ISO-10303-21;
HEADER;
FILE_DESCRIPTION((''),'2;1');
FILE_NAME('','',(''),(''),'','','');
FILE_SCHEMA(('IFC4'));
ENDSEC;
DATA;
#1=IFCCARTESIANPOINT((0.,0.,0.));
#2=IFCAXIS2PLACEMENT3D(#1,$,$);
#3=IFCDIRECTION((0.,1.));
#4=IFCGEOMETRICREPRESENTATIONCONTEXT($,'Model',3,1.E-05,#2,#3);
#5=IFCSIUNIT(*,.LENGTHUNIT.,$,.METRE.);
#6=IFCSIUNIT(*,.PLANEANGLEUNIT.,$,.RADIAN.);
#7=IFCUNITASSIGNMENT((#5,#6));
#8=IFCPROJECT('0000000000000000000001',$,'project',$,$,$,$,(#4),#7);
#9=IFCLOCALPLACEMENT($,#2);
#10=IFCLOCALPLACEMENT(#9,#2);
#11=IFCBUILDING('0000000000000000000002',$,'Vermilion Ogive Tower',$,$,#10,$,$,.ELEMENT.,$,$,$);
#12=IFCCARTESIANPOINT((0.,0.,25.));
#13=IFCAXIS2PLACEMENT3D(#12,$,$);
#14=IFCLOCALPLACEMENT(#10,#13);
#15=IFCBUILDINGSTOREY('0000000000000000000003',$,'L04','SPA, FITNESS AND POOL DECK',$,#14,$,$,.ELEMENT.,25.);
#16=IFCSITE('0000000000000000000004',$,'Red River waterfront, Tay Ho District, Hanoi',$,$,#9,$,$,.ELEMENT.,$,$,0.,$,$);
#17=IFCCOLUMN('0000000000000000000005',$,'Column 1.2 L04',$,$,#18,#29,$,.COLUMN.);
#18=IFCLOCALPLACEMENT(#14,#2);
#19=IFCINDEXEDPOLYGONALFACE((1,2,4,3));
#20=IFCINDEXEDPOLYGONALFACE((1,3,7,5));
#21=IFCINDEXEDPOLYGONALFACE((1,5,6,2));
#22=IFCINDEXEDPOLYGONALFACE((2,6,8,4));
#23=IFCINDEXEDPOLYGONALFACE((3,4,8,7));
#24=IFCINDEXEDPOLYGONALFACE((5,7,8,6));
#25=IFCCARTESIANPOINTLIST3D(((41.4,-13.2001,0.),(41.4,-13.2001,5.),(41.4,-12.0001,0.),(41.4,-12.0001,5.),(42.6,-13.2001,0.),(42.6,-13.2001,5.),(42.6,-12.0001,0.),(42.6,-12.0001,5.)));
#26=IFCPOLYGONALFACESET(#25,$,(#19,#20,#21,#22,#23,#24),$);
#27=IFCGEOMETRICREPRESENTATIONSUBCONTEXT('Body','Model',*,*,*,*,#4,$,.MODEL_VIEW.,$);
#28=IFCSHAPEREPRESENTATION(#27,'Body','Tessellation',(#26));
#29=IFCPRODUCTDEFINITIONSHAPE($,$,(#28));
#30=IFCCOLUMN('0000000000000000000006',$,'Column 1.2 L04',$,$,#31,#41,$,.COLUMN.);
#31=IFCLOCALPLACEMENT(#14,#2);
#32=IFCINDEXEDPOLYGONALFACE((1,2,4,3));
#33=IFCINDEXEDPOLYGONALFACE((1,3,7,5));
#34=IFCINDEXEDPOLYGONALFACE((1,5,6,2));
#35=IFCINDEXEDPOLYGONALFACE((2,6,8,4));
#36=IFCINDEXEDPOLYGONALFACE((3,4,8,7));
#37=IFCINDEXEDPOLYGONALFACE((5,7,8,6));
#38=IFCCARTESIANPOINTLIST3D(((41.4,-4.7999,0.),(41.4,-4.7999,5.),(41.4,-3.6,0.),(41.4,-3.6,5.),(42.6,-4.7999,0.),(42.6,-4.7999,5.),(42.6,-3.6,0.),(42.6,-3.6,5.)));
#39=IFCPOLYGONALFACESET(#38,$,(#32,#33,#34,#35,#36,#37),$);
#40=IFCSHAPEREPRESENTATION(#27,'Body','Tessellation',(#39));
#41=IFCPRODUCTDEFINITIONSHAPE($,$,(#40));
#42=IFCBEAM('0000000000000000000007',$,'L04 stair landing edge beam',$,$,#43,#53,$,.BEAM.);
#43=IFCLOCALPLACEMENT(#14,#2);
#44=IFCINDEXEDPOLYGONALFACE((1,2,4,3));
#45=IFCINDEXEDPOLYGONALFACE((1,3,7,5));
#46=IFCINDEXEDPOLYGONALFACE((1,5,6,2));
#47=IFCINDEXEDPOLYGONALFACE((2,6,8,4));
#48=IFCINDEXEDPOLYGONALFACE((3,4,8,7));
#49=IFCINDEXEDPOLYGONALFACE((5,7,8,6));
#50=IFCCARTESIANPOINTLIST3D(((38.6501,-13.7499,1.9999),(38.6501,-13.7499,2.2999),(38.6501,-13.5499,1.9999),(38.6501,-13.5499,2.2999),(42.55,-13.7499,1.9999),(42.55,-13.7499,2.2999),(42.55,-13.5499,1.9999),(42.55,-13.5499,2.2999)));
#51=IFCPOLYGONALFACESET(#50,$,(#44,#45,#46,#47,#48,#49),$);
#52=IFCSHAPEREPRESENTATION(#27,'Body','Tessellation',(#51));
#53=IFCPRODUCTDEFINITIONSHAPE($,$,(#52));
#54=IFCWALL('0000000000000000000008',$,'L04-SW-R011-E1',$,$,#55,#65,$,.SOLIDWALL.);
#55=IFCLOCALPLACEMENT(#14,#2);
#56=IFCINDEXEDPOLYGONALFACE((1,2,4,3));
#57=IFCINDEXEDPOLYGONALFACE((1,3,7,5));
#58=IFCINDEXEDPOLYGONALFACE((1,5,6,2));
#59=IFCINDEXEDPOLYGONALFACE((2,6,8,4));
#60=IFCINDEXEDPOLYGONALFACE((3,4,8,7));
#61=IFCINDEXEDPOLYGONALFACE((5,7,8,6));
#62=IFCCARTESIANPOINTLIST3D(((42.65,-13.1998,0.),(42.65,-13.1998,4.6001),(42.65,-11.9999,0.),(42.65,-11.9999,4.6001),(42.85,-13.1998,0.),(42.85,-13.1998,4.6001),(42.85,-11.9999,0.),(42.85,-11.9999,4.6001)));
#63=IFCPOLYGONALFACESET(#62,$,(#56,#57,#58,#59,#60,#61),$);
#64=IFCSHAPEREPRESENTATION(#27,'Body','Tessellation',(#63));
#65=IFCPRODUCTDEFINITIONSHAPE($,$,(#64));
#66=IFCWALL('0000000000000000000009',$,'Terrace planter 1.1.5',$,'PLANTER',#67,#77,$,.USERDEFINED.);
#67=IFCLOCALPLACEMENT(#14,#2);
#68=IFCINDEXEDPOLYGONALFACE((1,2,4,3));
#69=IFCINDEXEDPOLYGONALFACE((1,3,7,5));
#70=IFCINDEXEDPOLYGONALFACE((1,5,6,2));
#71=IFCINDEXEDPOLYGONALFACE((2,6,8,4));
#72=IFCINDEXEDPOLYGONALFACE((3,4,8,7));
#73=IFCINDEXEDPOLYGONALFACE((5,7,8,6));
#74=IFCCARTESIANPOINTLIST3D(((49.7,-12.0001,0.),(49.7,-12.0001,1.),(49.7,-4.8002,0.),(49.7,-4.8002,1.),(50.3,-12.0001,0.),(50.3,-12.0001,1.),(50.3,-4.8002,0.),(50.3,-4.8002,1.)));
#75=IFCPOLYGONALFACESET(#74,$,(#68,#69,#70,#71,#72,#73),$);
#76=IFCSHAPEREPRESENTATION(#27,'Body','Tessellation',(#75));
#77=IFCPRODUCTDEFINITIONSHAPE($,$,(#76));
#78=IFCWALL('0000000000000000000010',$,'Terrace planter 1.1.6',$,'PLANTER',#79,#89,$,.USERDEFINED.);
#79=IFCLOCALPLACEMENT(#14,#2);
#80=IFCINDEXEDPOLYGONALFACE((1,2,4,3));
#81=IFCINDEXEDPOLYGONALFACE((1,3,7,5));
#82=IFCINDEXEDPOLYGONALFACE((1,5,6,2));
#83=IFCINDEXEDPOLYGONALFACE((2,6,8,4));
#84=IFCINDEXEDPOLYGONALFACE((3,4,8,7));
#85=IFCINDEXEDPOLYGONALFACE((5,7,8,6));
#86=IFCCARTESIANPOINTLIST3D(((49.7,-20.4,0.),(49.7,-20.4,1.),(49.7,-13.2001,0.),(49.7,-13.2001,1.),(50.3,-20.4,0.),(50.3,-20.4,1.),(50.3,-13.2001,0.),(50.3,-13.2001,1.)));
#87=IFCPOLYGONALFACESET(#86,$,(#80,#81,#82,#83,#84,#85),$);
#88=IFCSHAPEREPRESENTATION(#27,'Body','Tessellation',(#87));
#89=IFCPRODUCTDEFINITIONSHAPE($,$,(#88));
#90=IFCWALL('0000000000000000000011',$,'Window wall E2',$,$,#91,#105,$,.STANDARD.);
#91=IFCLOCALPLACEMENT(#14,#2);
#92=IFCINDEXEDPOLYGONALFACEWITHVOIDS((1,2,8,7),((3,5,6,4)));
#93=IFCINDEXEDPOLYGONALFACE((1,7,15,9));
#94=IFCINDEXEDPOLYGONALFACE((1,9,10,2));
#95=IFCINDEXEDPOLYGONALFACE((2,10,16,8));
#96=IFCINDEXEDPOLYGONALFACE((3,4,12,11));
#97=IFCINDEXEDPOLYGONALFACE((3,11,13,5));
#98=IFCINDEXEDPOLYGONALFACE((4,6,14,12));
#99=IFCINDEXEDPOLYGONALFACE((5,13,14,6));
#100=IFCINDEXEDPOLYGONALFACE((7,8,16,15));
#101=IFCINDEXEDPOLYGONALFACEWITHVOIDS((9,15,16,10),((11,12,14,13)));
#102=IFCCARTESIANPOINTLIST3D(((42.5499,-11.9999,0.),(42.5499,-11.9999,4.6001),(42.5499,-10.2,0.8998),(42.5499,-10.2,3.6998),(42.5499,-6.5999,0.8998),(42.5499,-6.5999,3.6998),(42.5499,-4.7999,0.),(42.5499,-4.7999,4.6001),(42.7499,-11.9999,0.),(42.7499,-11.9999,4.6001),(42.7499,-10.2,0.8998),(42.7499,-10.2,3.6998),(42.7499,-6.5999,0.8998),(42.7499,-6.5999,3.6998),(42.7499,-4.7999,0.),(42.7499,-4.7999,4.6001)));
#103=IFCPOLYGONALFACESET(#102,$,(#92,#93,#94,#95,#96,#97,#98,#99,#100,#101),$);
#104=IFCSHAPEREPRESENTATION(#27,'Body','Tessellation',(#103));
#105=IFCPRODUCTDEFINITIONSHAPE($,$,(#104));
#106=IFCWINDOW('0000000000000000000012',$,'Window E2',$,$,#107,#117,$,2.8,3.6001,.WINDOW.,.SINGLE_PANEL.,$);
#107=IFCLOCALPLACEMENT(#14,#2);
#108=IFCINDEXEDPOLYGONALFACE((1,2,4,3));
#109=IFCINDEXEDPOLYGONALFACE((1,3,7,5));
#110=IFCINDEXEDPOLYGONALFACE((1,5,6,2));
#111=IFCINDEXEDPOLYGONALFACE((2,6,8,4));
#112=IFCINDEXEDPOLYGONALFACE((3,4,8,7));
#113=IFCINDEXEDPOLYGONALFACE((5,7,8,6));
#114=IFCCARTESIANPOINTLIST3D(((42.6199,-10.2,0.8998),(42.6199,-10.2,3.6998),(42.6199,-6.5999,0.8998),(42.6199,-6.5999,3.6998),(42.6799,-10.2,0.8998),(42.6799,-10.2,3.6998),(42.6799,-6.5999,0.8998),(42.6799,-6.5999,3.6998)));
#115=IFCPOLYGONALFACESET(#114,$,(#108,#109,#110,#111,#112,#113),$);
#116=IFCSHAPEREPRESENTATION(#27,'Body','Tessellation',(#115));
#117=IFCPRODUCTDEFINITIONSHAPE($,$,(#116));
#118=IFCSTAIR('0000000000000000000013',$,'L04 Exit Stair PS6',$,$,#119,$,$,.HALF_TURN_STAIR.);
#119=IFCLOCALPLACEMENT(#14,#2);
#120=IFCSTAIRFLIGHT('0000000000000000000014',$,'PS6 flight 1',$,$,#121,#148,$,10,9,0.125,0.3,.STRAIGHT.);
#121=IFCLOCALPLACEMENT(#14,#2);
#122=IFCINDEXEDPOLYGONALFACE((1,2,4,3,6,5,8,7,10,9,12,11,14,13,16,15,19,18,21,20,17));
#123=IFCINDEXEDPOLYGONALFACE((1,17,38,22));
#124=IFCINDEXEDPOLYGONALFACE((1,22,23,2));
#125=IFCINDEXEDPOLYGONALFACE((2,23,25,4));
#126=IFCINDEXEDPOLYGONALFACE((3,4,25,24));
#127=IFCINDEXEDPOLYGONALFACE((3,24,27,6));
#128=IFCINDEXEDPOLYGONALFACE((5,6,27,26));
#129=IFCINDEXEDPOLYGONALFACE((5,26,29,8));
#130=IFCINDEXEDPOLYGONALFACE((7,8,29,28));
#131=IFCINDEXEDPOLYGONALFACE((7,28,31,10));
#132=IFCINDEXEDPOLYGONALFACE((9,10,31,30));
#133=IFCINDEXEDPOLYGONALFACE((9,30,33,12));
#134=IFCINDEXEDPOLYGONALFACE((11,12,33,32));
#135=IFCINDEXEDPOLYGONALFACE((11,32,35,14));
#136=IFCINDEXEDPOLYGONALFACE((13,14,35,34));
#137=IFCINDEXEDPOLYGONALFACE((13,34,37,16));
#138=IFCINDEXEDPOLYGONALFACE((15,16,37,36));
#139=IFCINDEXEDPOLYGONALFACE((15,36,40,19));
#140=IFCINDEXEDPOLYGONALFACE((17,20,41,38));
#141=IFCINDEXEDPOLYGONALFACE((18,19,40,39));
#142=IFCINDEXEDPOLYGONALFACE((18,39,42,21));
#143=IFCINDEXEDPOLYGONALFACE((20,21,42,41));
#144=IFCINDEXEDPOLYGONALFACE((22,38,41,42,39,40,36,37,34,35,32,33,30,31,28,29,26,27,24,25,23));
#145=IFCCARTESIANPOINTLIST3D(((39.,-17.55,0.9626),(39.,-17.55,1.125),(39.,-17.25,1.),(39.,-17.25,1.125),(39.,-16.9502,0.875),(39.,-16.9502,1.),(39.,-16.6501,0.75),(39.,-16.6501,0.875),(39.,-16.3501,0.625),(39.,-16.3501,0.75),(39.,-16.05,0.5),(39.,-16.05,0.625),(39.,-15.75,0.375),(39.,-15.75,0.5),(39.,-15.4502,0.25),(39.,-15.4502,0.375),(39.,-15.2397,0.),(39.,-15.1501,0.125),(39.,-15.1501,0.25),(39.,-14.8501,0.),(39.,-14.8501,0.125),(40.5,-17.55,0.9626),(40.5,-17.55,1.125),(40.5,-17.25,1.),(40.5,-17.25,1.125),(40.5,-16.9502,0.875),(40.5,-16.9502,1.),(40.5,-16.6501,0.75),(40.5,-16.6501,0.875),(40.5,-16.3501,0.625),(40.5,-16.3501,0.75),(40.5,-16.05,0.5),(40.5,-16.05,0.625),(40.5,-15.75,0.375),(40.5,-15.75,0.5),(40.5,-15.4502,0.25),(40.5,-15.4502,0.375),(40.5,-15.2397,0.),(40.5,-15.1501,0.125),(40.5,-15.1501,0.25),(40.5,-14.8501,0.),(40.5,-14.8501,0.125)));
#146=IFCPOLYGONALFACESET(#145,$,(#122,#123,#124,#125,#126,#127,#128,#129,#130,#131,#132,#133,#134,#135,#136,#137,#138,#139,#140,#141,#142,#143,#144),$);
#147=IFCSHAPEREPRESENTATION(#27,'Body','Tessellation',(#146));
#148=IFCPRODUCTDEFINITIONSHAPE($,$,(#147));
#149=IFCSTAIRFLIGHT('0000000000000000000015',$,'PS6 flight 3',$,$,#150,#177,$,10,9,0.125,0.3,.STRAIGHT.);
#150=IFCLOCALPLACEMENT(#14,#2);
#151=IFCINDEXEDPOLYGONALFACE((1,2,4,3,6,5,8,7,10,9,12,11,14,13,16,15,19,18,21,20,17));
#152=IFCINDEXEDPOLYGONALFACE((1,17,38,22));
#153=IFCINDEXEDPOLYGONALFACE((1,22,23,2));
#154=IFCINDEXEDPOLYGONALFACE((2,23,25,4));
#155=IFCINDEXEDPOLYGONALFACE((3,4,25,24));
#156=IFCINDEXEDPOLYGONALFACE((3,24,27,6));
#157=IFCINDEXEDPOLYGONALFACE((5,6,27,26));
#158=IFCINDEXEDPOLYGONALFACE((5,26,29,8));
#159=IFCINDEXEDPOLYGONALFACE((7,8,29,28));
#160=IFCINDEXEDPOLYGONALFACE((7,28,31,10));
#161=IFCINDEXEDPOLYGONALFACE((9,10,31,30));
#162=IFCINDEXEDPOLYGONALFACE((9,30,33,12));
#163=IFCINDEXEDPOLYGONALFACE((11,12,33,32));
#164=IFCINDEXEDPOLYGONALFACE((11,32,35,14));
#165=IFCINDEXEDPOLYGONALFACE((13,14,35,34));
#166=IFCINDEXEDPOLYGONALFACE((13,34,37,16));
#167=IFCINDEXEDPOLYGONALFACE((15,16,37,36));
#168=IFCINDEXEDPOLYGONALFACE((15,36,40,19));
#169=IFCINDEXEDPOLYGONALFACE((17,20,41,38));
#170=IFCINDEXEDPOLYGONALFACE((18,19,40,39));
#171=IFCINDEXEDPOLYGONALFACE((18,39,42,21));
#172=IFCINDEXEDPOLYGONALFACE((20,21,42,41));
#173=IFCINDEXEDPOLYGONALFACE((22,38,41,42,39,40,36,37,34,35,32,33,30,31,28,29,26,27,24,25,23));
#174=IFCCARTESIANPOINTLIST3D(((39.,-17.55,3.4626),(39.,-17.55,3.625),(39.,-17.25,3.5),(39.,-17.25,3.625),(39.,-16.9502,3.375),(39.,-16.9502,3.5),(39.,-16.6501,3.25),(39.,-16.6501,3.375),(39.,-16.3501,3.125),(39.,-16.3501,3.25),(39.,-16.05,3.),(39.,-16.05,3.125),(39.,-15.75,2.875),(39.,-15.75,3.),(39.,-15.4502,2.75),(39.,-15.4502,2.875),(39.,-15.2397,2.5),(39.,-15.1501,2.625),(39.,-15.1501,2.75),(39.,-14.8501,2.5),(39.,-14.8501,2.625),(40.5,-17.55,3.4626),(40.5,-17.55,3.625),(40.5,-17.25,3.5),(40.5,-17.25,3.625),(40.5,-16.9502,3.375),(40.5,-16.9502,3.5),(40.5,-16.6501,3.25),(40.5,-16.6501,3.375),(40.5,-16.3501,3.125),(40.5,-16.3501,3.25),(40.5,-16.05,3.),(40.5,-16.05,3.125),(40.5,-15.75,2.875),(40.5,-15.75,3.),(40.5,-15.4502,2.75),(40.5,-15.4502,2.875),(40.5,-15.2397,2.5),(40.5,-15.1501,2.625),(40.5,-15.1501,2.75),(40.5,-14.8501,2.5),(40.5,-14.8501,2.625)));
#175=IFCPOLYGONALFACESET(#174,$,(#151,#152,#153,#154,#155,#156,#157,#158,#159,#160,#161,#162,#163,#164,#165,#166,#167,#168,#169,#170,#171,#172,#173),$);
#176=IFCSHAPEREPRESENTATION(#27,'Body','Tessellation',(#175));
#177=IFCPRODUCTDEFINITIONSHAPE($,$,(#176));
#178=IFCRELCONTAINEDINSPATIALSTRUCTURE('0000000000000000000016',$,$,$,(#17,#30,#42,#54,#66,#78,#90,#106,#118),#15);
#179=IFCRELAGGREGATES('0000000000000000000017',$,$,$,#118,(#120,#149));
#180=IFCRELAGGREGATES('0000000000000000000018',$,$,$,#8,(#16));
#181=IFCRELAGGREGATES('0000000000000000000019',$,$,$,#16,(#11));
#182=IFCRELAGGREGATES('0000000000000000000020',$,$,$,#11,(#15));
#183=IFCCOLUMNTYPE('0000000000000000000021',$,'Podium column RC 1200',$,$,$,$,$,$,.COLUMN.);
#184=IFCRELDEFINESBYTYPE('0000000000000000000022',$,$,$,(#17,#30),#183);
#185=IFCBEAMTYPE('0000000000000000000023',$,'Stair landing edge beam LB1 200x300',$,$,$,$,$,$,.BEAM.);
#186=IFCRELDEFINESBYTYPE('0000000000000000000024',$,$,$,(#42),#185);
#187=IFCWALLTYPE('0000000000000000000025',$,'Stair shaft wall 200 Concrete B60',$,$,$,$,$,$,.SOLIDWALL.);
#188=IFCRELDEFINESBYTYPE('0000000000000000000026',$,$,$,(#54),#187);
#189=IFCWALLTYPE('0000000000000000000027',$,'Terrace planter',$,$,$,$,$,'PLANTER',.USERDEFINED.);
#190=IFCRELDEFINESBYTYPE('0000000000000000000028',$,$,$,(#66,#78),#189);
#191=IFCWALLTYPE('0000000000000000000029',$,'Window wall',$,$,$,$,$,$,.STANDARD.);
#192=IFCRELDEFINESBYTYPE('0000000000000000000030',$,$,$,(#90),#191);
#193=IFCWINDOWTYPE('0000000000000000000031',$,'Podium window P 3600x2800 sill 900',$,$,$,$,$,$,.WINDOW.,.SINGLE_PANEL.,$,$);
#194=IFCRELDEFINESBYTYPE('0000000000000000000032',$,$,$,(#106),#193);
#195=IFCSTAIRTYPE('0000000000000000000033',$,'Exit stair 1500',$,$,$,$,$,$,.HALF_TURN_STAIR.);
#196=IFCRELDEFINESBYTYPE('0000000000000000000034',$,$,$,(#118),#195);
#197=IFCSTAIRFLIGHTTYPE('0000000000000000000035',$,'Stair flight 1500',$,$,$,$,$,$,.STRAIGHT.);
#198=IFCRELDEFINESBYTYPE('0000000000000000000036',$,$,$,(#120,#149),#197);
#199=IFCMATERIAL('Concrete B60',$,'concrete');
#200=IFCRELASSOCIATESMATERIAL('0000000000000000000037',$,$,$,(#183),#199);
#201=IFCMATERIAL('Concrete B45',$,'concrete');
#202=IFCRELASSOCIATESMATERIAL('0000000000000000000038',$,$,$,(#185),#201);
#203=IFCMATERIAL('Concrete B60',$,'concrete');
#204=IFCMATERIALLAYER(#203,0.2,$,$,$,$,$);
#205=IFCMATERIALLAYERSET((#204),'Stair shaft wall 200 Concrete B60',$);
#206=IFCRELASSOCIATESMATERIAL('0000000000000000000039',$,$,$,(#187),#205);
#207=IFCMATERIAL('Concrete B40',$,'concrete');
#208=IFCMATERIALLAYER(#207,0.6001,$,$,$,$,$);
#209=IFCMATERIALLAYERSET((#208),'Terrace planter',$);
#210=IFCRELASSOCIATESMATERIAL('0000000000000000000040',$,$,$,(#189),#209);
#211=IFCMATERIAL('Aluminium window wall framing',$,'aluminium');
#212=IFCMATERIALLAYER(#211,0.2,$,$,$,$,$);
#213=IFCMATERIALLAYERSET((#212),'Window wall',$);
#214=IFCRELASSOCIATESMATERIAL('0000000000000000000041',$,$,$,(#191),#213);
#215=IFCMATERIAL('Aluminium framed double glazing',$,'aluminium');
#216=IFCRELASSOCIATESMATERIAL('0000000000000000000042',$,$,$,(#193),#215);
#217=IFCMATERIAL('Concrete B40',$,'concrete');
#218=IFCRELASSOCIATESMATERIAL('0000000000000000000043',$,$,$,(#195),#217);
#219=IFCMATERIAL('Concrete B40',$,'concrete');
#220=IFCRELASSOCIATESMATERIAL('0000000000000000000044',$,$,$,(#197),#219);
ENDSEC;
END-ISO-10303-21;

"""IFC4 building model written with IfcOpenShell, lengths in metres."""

from ifc_helpers import new_model, si_unit, direction, frame, frame_2d, origin, origin_2d, place, context, subcontext, project, spatial, polyline, rectangle, outline, extrude, material, layer, layer_set, material_profile, profile_set, type_object, element, fill, aggregate, save


model = new_model("IFC4")

# Units and contexts
model_context = context("Model", 3, precision=1e-05, world=origin(), true_north=direction((0.0, 1.0)))
body_context = subcontext(model_context, "Body", "Model", "MODEL_VIEW")
ifc_project = project(units=[si_unit("LENGTHUNIT", "METRE"), si_unit("PLANEANGLEUNIT", "RADIAN")], contexts=[model_context])

# Site, building, storey
site_placement = place(None, origin())
site = spatial("IfcSite", under=ifc_project, at=site_placement, Name="Red River waterfront, Tay Ho District, Hanoi", CompositionType="ELEMENT", RefElevation=0.0)
building_placement = place(site_placement, origin())
building = spatial("IfcBuilding", under=site, at=building_placement, Name="Vermilion Ogive Tower", CompositionType="ELEMENT")
storey_placement = place(building_placement, frame((0.0, 0.0, 25.0)))
storey = spatial("IfcBuildingStorey", under=building, at=storey_placement, Name="L04", Description="SPA, FITNESS AND POOL DECK", CompositionType="ELEMENT", Elevation=25.0)

# Columns
ifc_material_1 = material(Name="Concrete B60", Category="concrete")
ifc_material_profile_1 = material_profile(ifc_material_1, rectangle(XDim=1.2, YDim=1.2, at=origin_2d()), Name="RC 1200x1200")
ifc_profile_set_1 = profile_set([ifc_material_profile_1], Name="Concrete B60")
column_type = type_object("IfcColumnType", Name="Podium column RC 1200", PredefinedType="COLUMN", material=ifc_profile_set_1)
for number, where, z_axis, x_axis, name in (
    (1, (42.0, -12.6001, 0.0), (0.0, 0.0, 1.0), (1.0, 0.0, 0.0), "Column 1.2 L04"),
    (2, (42.0, -4.2, 0.0), (0.0, 0.0, 1.0), (1.0, 0.0, 0.0), "Column 1.2 L04"),
):
    element("IfcColumn", number, at=place(storey_placement, frame(where, z_axis=z_axis, x_axis=x_axis)), inside=storey, type_object=column_type, Name=name, PredefinedType="COLUMN", context=body_context, shape_type="SweptSolid", body=[
        extrude(rectangle(XDim=1.2, YDim=1.2, at=origin_2d()), origin(), (0.0, 0.0, 1.0), 5.0),
    ])

# Beam
ifc_material_2 = material(Name="Concrete B45", Category="concrete")
ifc_material_profile_2 = material_profile(ifc_material_2, rectangle(XDim=0.2, YDim=0.3, at=origin_2d()), Name="RC 200x300")
ifc_profile_set_2 = profile_set([ifc_material_profile_2], Name="Concrete B45")
beam_type = type_object("IfcBeamType", Name="Stair landing edge beam LB1 200x300", PredefinedType="BEAM", material=ifc_profile_set_2)
beam_placement = place(storey_placement, frame((38.6501, -13.6499, 2.1499), z_axis=(1.0, 0.0, 0.0), x_axis=(0.0, 1.0, 0.0)))
element("IfcBeam", 3, at=beam_placement, inside=storey, type_object=beam_type, Name="L04 stair landing edge beam", PredefinedType="BEAM", context=body_context, shape_type="SweptSolid", body=[
    extrude(rectangle(XDim=0.2, YDim=0.3, at=origin_2d()), origin(), (0.0, 0.0, 1.0), 3.8999),
])

# Walls
ifc_material_3 = material(Name="Concrete B60", Category="concrete")
ifc_layer_1 = layer(ifc_material_3, 0.2)
ifc_layer_set_1 = layer_set([ifc_layer_1], Name="Stair shaft wall 200 Concrete B60")
wall_type_1 = type_object("IfcWallType", Name="Stair shaft wall 200 Concrete B60", PredefinedType="SOLIDWALL", material=ifc_layer_set_1)
wall_1_placement = place(storey_placement, frame((42.75, -13.2, 0.0), z_axis=(0.0, 0.0, 1.0), x_axis=(0.0, 1.0, 0.0)))
element("IfcWall", 4, at=wall_1_placement, inside=storey, type_object=wall_type_1, Name="L04-SW-R011-E1", PredefinedType="SOLIDWALL", context=body_context, shape_type="SweptSolid", body=[
    extrude(rectangle(XDim=1.2, YDim=0.2, at=frame_2d((0.6001, 0.0))), origin(), (0.0, 0.0, 1.0), 4.6001),
])
ifc_material_4 = material(Name="Concrete B40", Category="concrete")
ifc_layer_2 = layer(ifc_material_4, 0.6001)
ifc_layer_set_2 = layer_set([ifc_layer_2], Name="Terrace planter")
wall_type_2 = type_object("IfcWallType", Name="Terrace planter", ElementType="PLANTER", PredefinedType="USERDEFINED", material=ifc_layer_set_2)
for number, where, z_axis, x_axis, name in (
    (5, (50.0, -4.8, 0.0), (0.0, 0.0, 1.0), (0.0, -1.0, 0.0), "Terrace planter 1.1.5"),
    (6, (50.0, -13.2, 0.0), (0.0, 0.0, 1.0), (0.0, -1.0, 0.0), "Terrace planter 1.1.6"),
):
    element("IfcWall", number, at=place(storey_placement, frame(where, z_axis=z_axis, x_axis=x_axis)), inside=storey, type_object=wall_type_2, Name=name, ObjectType="PLANTER", PredefinedType="USERDEFINED", context=body_context, shape_type="SweptSolid", body=[
        extrude(rectangle(XDim=7.2, YDim=0.6001, at=frame_2d((3.6001, 0.0))), origin(), (0.0, 0.0, 1.0), 1.0),
    ])

# Wall, opening, window
ifc_material_5 = material(Name="Aluminium window wall framing", Category="aluminium")
ifc_layer_3 = layer(ifc_material_5, 0.2)
ifc_layer_set_3 = layer_set([ifc_layer_3], Name="Window wall")
wall_type_3 = type_object("IfcWallType", Name="Window wall", PredefinedType="STANDARD", material=ifc_layer_set_3)
wall_2_placement = place(storey_placement, frame((42.6499, -12.0, 0.0), z_axis=(0.0, 0.0, 1.0), x_axis=(0.0, 1.0, 0.0)))
wall_2 = element("IfcWall", 7, at=wall_2_placement, inside=storey, type_object=wall_type_3, Name="Window wall E2", PredefinedType="STANDARD", context=body_context, shape_type="SweptSolid", body=[
    extrude(rectangle(XDim=7.2, YDim=0.2, at=frame_2d((3.6001, 0.0))), origin(), (0.0, 0.0, 1.0), 4.6001),
])
opening_1_placement = place(wall_2_placement, frame((1.8, 0.0, 0.8999)))
opening_1 = element("IfcOpeningElement", 8, at=opening_1_placement, cuts=wall_2, PredefinedType="OPENING", context=body_context, shape_type="SweptSolid", body=[
    extrude(rectangle(XDim=3.6001, YDim=2.8, at=frame_2d((1.8, 1.3999))), frame((0.0, 0.1099, 0.0), z_axis=(0.0, -1.0, 0.0), x_axis=(1.0, 0.0, 0.0)), (0.0, 0.0, 1.0), 0.22),
])
ifc_material_6 = material(Name="Aluminium framed double glazing", Category="aluminium")
window_type_1 = type_object("IfcWindowType", Name="Podium window P 3600x2800 sill 900", PartitioningType="SINGLE_PANEL", PredefinedType="WINDOW", material=ifc_material_6)
window_1_placement = place(opening_1_placement, origin())
window_1 = element("IfcWindow", 9, at=window_1_placement, inside=storey, type_object=window_type_1, Name="Window E2", OverallHeight=2.8, OverallWidth=3.6001, PartitioningType="SINGLE_PANEL", PredefinedType="WINDOW", context=body_context, shape_type="SweptSolid", body=[
    extrude(rectangle(XDim=3.6001, YDim=2.8, at=frame_2d((1.8, 1.3999))), frame((0.0, 0.03, 0.0), z_axis=(0.0, -1.0, 0.0), x_axis=(1.0, 0.0, 0.0)), (0.0, 0.0, 1.0), 0.0601),
])
fill(opening_1, window_1)

# Stair, stair flights
ifc_material_7 = material(Name="Concrete B40", Category="concrete")
stair_type = type_object("IfcStairType", Name="Exit stair 1500", PredefinedType="HALF_TURN_STAIR", material=ifc_material_7)
stair_placement = place(storey_placement, origin())
stair = element("IfcStair", 10, at=stair_placement, inside=storey, type_object=stair_type, Name="L04 Exit Stair PS6", PredefinedType="HALF_TURN_STAIR")
ifc_material_8 = material(Name="Concrete B40", Category="concrete")
stair_flight_type = type_object("IfcStairFlightType", Name="Stair flight 1500", PredefinedType="STRAIGHT", material=ifc_material_8)
stair_flight_1_placement = place(storey_placement, frame((39.75, -14.8501, 0.0), z_axis=(0.0, 0.0, 1.0), x_axis=(0.0, -1.0, 0.0)))
stair_flight_1 = element("IfcStairFlight", 11, at=stair_flight_1_placement, type_object=stair_flight_type, Name="PS6 flight 1", NumberOfRisers=10, NumberOfTreads=9, PredefinedType="STRAIGHT", RiserHeight=0.125, TreadLength=0.3, context=body_context, shape_type="SweptSolid", body=[
    extrude(outline(polyline([(0.0, 0.0), (0.0, 0.125), (0.3, 0.125), (0.3, 0.25), (0.6001, 0.25), (0.6001, 0.375), (0.8999, 0.375), (0.8999, 0.5), (1.2, 0.5), (1.2, 0.625), (1.5, 0.625), (1.5, 0.75), (1.8, 0.75), (1.8, 0.875), (2.1001, 0.875), (2.1001, 1.0), (2.3999, 1.0), (2.3999, 1.125), (2.7, 1.125), (2.7, 1.25), (2.7, 0.9626), (0.3896, 0.0), (0.0, 0.0)])), frame((0.0, 0.75, 0.0), z_axis=(0.0, -1.0, 0.0), x_axis=(1.0, 0.0, 0.0)), (0.0, 0.0, 1.0), 1.5),
])
stair_flight_2_placement = place(storey_placement, frame((39.75, -14.8501, 2.5), z_axis=(0.0, 0.0, 1.0), x_axis=(0.0, -1.0, 0.0)))
stair_flight_2 = element("IfcStairFlight", 12, at=stair_flight_2_placement, type_object=stair_flight_type, Name="PS6 flight 3", NumberOfRisers=10, NumberOfTreads=9, PredefinedType="STRAIGHT", RiserHeight=0.125, TreadLength=0.3, context=body_context, shape_type="SweptSolid", body=[
    extrude(outline(polyline([(0.0, 0.0), (0.0, 0.125), (0.3, 0.125), (0.3, 0.25), (0.6001, 0.25), (0.6001, 0.375), (0.8999, 0.375), (0.8999, 0.5), (1.2, 0.5), (1.2, 0.625), (1.5, 0.625), (1.5, 0.75), (1.8, 0.75), (1.8, 0.875), (2.1001, 0.875), (2.1001, 1.0), (2.3999, 1.0), (2.3999, 1.125), (2.7, 1.125), (2.7, 1.25), (2.7, 0.9626), (0.3896, 0.0), (0.0, 0.0)])), frame((0.0, 0.75, 0.0), z_axis=(0.0, -1.0, 0.0), x_axis=(1.0, 0.0, 0.0)), (0.0, 0.0, 1.0), 1.5),
])
aggregate(stair, [stair_flight_1, stair_flight_2])

save(model, "model.ifc")
